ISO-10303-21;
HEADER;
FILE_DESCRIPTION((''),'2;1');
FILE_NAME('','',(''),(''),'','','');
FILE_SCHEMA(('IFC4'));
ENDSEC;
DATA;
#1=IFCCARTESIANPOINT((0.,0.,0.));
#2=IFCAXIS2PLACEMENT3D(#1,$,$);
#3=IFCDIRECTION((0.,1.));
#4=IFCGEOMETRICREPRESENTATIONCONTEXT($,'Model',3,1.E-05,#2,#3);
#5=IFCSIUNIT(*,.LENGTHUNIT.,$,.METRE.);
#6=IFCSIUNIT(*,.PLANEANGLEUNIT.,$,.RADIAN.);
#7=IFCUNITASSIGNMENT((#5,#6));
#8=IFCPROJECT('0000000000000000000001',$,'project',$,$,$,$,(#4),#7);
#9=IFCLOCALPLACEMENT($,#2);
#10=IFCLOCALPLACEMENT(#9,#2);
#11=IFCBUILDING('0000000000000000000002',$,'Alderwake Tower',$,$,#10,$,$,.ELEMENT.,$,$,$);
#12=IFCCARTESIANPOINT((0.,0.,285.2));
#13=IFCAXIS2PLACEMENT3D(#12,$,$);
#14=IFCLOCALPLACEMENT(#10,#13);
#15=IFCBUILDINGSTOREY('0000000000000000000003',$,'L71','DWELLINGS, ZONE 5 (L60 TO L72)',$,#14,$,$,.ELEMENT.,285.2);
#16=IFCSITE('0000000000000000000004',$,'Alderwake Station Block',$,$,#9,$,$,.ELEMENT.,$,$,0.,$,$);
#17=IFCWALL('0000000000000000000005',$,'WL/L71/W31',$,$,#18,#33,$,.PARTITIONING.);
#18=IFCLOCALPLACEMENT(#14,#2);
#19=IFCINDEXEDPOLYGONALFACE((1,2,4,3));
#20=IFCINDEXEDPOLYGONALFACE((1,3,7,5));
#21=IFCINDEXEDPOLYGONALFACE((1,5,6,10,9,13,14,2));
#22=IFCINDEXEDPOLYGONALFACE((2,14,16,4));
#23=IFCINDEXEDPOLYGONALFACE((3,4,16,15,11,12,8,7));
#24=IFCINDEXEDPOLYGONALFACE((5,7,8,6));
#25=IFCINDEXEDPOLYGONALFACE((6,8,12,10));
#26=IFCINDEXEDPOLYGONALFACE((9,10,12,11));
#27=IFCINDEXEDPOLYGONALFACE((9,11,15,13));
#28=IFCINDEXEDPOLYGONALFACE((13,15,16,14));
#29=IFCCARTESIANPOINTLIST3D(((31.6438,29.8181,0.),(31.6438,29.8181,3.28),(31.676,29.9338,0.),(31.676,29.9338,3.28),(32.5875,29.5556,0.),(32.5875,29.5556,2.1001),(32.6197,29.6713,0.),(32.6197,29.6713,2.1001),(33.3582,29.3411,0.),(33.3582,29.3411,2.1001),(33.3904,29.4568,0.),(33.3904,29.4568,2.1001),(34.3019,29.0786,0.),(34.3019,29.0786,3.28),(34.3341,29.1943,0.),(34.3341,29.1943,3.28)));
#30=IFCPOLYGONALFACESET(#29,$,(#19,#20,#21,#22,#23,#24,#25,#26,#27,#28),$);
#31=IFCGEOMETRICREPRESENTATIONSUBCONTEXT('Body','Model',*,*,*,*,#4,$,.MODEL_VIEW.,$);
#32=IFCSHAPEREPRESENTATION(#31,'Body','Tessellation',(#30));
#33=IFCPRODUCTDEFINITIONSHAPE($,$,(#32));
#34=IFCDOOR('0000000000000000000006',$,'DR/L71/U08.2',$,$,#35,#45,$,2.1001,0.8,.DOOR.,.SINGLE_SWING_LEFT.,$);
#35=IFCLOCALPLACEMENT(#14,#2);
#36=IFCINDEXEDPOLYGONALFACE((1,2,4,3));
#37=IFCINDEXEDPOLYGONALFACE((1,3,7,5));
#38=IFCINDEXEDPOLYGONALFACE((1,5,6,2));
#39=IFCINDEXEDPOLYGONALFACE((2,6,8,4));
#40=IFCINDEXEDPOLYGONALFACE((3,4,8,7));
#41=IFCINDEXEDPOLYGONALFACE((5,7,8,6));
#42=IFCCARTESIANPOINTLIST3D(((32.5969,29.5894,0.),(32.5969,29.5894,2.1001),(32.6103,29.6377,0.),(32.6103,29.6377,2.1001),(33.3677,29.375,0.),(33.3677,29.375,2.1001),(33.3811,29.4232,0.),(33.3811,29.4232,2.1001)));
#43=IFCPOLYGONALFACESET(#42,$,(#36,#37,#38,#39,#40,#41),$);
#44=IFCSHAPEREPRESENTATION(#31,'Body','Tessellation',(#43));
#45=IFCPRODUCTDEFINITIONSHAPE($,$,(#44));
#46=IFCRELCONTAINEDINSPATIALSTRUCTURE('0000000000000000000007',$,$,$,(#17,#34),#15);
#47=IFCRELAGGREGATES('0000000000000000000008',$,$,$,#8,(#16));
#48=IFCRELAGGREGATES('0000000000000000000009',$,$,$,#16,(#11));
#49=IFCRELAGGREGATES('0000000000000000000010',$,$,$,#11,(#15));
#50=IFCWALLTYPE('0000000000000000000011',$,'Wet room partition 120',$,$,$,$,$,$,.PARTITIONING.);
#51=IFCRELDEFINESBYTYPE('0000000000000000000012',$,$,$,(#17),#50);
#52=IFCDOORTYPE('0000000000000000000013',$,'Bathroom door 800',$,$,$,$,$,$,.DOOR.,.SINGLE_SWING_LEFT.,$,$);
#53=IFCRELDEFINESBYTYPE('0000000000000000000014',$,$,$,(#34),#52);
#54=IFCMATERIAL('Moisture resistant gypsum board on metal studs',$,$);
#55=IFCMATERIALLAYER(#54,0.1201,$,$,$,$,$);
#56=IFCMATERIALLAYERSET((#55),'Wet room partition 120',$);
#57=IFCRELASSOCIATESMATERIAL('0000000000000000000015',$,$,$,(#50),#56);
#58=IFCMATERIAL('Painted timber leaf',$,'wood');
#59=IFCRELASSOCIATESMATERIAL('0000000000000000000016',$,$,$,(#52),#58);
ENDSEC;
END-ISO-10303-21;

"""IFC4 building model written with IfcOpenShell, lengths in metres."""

from ifc_helpers import new_model, si_unit, direction, frame, frame_2d, origin, place, context, subcontext, project, spatial, rectangle, extrude, material, layer, layer_set, type_object, element, fill, save


model = new_model("IFC4")

# Units and contexts
model_context = context("Model", 3, precision=1e-05, world=origin(), true_north=direction((0.0, 1.0)))
body_context = subcontext(model_context, "Body", "Model", "MODEL_VIEW")
ifc_project = project(units=[si_unit("LENGTHUNIT", "METRE"), si_unit("PLANEANGLEUNIT", "RADIAN")], contexts=[model_context])

# Site, building, storey
site_placement = place(None, origin())
site = spatial("IfcSite", under=ifc_project, at=site_placement, Name="Alderwake Station Block", CompositionType="ELEMENT", RefElevation=0.0)
building_placement = place(site_placement, origin())
building = spatial("IfcBuilding", under=site, at=building_placement, Name="Alderwake Tower", CompositionType="ELEMENT")
storey_placement = place(building_placement, frame((0.0, 0.0, 285.2)))
storey = spatial("IfcBuildingStorey", under=building, at=storey_placement, Name="L71", Description="DWELLINGS, ZONE 5 (L60 TO L72)", CompositionType="ELEMENT", Elevation=285.2)

# Shared definitions
ifc_material_1 = material(Name="Moisture resistant gypsum board on metal studs")
ifc_layer_1 = layer(ifc_material_1, 0.1201)
ifc_layer_set_1 = layer_set([ifc_layer_1], Name="Wet room partition 120")
wall_type_1 = type_object("IfcWallType", Name="Wet room partition 120", PredefinedType="PARTITIONING", material=ifc_layer_set_1)

# Wall, opening, door
wall_1_placement = place(storey_placement, frame((34.3179, 29.1365, 0.0), z_axis=(0.0, 0.0, 1.0), x_axis=(-0.963408, 0.268041, 0.0)))
wall_1 = element("IfcWall", 1, at=wall_1_placement, inside=storey, type_object=wall_type_1, Name="WL/L71/W31", PredefinedType="PARTITIONING", context=body_context, shape_type="SweptSolid", body=[
    extrude(rectangle(XDim=2.759, YDim=0.1201, at=frame_2d((1.3794, 0.0))), origin(), (0.0, 0.0, 1.0), 3.28),
])
opening_1_placement = place(wall_1_placement, frame((0.9795, 0.0, 0.0)))
opening_1 = element("IfcOpeningElement", 2, at=opening_1_placement, cuts=wall_1, PredefinedType="OPENING", context=body_context, shape_type="SweptSolid", body=[
    extrude(rectangle(XDim=0.8, YDim=2.1001, at=frame_2d((0.3999, 1.05))), frame((0.0, 0.0701, 0.0), z_axis=(0.0, -1.0, 0.0), x_axis=(1.0, 0.0, 0.0)), (0.0, 0.0, 1.0), 0.1401),
])
ifc_material_2 = material(Name="Painted timber leaf", Category="wood")
door_type_1 = type_object("IfcDoorType", Name="Bathroom door 800", OperationType="SINGLE_SWING_LEFT", PredefinedType="DOOR", material=ifc_material_2)
door_1_placement = place(opening_1_placement, origin())
door_1 = element("IfcDoor", 3, at=door_1_placement, inside=storey, type_object=door_type_1, Name="DR/L71/U08.2", OperationType="SINGLE_SWING_LEFT", OverallHeight=2.1001, OverallWidth=0.8, PredefinedType="DOOR", context=body_context, shape_type="SweptSolid", body=[
    extrude(rectangle(XDim=0.8, YDim=2.1001, at=frame_2d((0.3999, 1.05))), frame((0.0, 0.0249, 0.0), z_axis=(0.0, -1.0, 0.0), x_axis=(1.0, 0.0, 0.0)), (0.0, 0.0, 1.0), 0.05),
])
fill(opening_1, door_1)

save(model, "model.ifc")
